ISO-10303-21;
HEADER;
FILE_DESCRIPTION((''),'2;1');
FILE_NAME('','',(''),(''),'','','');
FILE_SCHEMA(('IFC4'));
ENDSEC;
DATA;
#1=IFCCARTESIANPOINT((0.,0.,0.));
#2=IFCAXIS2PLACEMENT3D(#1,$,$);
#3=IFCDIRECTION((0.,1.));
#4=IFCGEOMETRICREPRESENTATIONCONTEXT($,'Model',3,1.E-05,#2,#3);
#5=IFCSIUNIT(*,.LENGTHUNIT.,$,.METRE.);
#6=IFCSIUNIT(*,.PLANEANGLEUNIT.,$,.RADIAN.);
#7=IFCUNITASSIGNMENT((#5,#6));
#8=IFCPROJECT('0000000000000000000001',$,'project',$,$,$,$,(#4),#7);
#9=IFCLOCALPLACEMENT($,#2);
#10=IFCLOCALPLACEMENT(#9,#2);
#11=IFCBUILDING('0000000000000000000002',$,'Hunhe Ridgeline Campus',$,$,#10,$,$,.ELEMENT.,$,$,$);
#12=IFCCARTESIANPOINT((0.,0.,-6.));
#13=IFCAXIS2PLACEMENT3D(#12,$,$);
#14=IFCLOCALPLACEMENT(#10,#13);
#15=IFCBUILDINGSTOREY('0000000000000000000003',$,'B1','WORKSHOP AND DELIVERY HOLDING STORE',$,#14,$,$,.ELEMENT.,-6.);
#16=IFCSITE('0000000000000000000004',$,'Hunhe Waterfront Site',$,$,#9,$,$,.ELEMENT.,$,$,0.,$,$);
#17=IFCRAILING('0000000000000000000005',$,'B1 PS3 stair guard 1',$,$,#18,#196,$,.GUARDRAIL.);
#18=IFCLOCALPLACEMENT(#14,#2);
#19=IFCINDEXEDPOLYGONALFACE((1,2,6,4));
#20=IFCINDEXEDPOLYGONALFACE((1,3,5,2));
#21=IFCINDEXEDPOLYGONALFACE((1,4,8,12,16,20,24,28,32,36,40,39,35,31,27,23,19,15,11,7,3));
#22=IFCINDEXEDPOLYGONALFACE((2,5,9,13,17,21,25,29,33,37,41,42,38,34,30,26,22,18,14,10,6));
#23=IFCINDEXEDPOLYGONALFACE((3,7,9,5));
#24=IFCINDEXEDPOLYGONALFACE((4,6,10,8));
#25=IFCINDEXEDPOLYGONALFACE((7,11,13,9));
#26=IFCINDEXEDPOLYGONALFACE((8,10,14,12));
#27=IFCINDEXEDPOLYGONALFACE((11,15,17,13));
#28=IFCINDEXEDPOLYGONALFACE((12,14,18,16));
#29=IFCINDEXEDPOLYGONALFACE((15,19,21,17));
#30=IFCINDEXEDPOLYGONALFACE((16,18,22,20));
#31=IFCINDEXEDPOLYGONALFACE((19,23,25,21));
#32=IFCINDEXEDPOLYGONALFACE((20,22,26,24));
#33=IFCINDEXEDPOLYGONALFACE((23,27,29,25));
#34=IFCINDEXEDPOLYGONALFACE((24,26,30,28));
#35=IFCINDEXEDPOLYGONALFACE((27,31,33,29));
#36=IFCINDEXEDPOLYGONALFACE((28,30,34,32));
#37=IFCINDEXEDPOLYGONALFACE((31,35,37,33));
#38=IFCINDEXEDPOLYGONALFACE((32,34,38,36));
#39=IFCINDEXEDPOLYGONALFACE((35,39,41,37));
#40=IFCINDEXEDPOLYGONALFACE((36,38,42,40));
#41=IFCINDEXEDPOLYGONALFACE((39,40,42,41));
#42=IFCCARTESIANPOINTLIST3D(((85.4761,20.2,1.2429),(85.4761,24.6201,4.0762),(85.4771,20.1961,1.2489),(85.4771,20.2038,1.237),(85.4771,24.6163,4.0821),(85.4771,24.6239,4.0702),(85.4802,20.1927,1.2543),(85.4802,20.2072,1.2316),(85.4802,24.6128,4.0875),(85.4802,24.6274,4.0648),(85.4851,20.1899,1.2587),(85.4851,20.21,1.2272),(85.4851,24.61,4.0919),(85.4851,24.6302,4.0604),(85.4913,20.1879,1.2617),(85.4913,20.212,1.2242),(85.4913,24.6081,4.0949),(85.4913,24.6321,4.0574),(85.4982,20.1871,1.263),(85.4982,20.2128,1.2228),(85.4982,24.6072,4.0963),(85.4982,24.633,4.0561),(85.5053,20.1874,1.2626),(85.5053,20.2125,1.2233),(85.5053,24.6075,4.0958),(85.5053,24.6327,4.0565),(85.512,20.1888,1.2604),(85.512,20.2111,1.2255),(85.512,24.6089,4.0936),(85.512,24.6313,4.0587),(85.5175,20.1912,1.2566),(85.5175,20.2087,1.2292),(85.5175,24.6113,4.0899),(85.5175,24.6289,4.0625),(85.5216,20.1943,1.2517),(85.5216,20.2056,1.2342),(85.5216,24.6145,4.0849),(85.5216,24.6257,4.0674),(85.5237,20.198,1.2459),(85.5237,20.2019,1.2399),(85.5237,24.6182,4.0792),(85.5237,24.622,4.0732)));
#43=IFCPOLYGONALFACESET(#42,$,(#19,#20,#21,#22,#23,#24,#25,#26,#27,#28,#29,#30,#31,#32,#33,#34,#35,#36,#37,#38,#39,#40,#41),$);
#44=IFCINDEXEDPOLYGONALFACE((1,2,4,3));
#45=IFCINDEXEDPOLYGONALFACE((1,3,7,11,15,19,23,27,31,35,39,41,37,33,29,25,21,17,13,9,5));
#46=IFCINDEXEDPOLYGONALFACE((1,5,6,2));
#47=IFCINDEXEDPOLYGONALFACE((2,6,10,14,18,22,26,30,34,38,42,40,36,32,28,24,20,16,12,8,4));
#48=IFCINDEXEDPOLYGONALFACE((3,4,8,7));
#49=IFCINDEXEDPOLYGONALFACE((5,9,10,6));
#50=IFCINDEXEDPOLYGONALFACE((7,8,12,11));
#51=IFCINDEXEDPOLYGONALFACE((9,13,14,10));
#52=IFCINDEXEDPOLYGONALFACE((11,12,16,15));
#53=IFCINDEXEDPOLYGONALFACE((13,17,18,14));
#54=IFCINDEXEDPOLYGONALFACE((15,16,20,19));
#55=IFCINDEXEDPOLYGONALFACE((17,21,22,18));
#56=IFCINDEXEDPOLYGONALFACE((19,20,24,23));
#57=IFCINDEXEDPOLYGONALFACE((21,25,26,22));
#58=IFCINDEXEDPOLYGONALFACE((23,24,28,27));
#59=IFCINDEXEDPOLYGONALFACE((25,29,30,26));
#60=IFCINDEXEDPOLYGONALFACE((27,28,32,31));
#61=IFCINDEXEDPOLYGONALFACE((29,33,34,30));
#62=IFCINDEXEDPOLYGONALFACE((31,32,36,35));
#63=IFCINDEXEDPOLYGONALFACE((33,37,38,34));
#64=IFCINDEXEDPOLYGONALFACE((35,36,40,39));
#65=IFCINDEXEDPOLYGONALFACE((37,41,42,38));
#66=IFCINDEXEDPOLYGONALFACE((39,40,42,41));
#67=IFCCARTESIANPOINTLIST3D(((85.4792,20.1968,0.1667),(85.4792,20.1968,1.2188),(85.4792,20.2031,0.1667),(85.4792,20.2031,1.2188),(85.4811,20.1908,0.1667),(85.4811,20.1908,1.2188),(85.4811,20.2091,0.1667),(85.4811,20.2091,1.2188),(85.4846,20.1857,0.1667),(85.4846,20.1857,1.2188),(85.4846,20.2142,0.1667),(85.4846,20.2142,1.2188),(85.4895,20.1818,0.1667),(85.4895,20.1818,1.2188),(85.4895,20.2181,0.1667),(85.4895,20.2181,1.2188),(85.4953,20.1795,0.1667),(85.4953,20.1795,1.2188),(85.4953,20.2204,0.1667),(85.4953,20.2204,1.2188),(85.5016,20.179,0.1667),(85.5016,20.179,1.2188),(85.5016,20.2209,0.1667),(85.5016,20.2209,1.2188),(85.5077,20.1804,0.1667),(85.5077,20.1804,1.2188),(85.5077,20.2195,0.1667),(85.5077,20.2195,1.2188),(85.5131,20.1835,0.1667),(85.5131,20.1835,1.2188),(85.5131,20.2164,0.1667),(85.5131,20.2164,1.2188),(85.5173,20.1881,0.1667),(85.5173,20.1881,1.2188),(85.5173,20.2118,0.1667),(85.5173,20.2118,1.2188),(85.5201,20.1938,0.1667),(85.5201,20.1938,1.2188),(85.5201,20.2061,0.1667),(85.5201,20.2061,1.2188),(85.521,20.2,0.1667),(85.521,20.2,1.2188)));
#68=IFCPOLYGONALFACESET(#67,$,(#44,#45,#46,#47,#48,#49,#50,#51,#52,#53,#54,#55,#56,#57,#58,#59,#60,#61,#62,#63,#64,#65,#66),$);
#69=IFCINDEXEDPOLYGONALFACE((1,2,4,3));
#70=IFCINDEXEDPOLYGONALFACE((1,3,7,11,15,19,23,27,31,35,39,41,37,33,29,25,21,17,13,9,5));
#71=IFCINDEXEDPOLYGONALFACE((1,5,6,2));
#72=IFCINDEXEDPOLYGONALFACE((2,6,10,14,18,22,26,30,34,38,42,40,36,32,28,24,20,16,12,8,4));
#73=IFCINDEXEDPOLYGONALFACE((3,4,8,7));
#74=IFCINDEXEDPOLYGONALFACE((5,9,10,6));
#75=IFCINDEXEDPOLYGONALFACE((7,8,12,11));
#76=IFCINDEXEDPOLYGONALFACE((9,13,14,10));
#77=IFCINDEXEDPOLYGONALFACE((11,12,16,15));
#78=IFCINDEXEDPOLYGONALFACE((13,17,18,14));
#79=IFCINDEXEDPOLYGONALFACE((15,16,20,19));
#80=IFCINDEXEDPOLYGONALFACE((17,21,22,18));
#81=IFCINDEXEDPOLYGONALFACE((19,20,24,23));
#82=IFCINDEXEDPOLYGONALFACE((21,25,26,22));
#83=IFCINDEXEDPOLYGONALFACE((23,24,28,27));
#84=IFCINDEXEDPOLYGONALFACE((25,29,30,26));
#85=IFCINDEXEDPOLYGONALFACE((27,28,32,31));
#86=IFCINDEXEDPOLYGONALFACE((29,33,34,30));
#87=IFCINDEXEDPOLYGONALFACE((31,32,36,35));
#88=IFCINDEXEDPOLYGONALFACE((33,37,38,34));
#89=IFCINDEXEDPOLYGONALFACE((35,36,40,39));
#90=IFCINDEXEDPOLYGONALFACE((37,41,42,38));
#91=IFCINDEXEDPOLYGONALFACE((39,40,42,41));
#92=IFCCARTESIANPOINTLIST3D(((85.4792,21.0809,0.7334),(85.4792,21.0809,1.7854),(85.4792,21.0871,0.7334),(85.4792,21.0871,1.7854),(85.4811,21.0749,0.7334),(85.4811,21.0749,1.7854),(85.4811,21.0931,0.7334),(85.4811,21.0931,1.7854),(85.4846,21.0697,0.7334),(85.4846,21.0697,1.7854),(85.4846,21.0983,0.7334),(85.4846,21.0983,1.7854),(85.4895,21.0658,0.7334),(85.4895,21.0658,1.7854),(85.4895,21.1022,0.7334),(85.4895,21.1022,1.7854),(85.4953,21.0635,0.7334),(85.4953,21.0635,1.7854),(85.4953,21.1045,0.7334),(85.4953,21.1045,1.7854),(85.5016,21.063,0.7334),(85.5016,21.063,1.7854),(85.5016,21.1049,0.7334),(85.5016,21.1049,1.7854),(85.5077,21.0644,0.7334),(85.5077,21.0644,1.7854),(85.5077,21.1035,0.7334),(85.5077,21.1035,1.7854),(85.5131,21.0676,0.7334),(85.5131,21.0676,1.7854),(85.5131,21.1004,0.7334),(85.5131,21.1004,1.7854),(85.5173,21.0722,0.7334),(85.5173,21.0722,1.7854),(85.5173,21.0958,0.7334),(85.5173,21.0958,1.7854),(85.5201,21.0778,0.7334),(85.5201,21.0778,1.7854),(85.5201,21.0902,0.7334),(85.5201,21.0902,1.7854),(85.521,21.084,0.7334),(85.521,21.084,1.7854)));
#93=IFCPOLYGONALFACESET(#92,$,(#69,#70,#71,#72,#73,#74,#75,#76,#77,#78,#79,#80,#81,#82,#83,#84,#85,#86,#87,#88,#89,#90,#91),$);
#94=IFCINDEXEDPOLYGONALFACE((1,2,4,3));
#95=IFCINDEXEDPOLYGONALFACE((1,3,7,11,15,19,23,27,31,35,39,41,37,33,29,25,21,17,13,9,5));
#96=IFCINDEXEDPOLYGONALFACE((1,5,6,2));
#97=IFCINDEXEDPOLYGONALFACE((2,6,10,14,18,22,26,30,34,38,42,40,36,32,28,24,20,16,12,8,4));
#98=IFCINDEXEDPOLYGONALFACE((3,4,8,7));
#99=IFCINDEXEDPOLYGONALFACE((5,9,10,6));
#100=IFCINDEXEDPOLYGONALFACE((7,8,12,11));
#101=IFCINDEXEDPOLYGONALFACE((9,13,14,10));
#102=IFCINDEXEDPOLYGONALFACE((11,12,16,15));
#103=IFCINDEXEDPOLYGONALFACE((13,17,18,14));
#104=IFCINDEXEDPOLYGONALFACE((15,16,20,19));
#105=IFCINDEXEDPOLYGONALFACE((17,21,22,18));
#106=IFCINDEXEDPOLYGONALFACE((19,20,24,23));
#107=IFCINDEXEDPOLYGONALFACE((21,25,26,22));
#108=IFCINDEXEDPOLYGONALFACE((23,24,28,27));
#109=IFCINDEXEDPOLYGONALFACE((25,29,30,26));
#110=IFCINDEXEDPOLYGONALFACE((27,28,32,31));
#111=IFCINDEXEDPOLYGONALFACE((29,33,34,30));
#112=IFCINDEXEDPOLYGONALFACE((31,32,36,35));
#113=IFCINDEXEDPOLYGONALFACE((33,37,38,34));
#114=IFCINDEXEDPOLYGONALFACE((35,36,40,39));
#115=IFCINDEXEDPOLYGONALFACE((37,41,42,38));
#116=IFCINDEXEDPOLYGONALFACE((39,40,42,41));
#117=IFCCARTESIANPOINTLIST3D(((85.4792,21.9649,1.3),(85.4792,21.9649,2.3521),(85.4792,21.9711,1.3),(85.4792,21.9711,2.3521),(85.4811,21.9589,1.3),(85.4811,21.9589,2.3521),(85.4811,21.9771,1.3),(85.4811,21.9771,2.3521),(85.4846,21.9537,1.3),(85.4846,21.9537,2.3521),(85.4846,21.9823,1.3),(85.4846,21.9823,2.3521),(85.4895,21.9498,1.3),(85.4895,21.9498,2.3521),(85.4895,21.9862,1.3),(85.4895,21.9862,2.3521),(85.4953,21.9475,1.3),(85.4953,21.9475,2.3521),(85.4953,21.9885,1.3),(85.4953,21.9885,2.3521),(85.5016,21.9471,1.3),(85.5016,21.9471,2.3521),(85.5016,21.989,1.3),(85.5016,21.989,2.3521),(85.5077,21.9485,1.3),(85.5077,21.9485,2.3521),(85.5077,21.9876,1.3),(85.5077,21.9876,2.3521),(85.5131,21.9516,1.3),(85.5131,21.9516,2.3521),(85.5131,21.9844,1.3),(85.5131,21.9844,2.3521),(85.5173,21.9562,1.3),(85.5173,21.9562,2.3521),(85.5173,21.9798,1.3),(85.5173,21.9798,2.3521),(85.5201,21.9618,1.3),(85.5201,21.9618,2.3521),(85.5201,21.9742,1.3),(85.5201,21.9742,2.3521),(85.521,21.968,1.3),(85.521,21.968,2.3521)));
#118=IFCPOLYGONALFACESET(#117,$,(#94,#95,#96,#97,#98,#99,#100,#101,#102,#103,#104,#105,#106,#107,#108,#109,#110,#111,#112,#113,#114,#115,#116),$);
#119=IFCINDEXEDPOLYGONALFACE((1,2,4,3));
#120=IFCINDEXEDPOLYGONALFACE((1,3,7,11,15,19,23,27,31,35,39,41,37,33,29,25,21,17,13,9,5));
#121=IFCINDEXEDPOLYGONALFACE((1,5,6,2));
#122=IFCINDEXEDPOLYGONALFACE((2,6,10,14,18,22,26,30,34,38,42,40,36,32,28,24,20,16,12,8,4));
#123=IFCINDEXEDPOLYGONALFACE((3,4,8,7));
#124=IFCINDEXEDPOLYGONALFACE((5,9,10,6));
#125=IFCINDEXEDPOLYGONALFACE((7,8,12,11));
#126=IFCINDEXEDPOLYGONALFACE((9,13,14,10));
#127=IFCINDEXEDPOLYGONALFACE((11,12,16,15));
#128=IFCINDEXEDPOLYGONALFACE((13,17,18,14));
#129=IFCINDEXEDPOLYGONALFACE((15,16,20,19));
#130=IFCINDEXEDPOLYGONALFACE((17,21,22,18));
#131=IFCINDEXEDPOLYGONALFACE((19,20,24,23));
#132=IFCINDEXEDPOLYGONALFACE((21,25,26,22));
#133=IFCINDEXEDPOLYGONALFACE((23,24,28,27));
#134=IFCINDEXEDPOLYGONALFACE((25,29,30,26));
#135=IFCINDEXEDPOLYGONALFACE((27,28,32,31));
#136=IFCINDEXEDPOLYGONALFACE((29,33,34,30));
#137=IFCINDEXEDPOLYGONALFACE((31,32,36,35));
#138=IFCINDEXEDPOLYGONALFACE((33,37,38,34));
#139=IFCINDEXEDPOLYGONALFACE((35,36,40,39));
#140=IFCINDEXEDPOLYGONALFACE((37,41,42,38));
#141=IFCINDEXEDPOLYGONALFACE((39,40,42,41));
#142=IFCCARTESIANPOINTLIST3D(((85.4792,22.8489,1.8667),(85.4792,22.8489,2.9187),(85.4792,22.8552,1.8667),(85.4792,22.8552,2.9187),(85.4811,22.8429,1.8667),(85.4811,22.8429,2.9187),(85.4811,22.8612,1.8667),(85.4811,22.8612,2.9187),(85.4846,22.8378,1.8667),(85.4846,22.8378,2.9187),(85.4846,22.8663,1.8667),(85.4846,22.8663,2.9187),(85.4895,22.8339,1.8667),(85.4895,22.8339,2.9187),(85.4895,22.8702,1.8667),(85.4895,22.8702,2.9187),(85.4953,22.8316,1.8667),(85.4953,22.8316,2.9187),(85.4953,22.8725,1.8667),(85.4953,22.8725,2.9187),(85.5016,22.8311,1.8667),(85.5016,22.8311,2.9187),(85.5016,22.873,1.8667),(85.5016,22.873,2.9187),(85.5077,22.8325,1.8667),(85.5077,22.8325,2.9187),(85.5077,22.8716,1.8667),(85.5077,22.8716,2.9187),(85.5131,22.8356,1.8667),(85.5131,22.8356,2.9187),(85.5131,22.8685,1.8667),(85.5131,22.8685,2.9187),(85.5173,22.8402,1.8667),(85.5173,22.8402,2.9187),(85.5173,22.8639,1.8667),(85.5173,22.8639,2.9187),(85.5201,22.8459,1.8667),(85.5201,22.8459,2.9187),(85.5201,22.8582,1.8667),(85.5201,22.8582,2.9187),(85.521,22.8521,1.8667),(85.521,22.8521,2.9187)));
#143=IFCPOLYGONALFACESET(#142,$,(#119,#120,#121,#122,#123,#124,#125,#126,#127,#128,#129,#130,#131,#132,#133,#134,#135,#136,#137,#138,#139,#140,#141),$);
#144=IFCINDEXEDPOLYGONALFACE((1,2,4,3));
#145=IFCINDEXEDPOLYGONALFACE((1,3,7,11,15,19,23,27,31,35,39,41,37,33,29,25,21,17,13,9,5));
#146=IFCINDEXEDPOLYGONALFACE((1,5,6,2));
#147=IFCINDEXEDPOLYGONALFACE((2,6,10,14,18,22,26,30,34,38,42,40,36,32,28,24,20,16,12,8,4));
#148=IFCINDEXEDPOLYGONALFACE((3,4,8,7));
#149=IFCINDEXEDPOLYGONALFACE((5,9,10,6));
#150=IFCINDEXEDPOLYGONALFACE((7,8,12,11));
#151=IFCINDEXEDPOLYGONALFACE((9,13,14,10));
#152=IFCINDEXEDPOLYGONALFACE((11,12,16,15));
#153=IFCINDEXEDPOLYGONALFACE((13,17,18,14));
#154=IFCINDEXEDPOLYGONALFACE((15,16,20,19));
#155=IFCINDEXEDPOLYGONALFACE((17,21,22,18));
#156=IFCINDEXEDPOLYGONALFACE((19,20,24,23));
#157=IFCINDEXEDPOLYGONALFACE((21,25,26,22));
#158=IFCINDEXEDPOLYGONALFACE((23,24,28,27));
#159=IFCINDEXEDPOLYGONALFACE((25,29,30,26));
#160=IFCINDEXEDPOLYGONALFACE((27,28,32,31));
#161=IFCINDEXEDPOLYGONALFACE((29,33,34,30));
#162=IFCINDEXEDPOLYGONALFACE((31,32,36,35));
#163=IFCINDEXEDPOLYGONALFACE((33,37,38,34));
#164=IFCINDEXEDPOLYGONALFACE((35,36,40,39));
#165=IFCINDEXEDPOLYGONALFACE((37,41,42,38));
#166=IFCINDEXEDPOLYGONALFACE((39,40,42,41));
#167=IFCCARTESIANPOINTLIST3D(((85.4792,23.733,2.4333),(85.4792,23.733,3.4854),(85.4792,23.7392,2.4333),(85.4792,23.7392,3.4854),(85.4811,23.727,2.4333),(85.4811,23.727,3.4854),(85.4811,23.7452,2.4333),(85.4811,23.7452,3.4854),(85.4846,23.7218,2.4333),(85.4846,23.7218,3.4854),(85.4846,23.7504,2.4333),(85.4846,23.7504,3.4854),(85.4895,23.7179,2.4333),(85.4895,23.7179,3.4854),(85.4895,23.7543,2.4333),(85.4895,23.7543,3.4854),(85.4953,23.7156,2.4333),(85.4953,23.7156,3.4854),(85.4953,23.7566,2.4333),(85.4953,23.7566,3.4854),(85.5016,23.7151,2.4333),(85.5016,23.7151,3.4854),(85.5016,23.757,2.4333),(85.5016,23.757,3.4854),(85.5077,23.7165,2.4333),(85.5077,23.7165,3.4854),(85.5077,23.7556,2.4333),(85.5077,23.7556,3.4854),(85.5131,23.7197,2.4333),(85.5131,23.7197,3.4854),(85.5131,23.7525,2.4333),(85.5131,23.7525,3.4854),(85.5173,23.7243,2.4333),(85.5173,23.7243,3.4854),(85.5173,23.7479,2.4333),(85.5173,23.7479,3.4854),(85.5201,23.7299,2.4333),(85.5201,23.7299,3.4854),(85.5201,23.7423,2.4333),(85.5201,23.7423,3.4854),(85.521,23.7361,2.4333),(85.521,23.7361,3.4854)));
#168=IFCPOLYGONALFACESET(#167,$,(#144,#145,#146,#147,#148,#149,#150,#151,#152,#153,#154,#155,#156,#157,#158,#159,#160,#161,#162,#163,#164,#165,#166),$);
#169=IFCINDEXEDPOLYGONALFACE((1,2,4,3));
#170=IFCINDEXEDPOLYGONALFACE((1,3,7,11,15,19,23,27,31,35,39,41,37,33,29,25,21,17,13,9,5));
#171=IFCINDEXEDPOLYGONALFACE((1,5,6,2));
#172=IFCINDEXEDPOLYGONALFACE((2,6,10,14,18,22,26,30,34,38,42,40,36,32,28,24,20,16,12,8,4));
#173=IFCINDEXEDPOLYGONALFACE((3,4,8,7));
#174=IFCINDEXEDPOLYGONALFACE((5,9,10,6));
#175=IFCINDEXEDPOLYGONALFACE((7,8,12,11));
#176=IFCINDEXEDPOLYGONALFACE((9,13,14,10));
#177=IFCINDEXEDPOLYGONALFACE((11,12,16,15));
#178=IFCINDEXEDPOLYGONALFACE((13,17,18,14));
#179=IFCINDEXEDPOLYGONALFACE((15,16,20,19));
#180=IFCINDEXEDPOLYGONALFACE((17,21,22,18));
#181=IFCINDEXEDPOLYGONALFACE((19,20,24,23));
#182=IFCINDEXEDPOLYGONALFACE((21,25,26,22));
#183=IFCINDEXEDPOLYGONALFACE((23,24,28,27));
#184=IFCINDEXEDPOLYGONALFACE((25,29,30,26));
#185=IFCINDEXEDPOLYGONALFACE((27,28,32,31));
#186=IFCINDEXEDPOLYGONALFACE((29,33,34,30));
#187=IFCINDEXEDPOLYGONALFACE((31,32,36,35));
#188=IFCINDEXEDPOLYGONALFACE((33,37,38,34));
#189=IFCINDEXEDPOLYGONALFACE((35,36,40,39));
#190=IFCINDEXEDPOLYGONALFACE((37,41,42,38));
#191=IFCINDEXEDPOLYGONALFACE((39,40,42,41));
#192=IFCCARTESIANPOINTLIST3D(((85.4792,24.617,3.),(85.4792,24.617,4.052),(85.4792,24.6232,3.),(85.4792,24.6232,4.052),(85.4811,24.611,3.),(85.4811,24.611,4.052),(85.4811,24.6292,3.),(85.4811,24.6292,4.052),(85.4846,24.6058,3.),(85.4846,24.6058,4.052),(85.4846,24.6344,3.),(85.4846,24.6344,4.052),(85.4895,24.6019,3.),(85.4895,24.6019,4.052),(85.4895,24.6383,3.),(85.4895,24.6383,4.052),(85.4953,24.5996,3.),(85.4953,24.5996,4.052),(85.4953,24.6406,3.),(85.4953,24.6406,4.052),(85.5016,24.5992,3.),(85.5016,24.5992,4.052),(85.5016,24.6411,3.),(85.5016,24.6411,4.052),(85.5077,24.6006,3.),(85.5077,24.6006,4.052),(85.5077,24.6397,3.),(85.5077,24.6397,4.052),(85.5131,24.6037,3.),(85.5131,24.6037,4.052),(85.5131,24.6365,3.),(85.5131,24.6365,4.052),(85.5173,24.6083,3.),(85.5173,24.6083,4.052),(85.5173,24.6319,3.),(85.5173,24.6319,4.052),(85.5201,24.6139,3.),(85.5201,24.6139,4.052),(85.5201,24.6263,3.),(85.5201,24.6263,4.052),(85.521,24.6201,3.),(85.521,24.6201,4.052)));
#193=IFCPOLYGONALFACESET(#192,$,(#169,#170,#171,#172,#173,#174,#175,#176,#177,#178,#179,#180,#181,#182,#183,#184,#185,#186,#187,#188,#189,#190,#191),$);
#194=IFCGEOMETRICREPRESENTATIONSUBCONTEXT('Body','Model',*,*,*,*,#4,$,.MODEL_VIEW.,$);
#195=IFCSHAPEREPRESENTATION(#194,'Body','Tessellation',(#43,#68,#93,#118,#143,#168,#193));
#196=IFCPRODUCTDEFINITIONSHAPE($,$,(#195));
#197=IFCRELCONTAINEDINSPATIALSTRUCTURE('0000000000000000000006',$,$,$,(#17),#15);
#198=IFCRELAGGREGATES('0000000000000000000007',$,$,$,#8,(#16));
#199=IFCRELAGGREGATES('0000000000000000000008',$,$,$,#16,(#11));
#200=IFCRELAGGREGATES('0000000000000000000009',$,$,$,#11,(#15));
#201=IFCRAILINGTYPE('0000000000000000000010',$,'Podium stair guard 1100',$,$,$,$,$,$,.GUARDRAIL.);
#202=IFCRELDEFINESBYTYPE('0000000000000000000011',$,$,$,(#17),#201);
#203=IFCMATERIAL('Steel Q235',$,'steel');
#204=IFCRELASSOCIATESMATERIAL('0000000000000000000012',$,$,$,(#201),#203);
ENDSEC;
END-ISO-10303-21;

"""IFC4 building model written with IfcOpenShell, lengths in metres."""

from ifc_helpers import new_model, si_unit, direction, frame, origin, origin_2d, place, context, subcontext, project, spatial, circle, extrude, material, type_object, element, save


model = new_model("IFC4")

# Units and contexts
model_context = context("Model", 3, precision=1e-05, world=origin(), true_north=direction((0.0, 1.0)))
body_context = subcontext(model_context, "Body", "Model", "MODEL_VIEW")
ifc_project = project(units=[si_unit("LENGTHUNIT", "METRE"), si_unit("PLANEANGLEUNIT", "RADIAN")], contexts=[model_context])

# Site, building, storey
site_placement = place(None, origin())
site = spatial("IfcSite", under=ifc_project, at=site_placement, Name="Hunhe Waterfront Site", CompositionType="ELEMENT", RefElevation=0.0)
building_placement = place(site_placement, origin())
building = spatial("IfcBuilding", under=site, at=building_placement, Name="Hunhe Ridgeline Campus", CompositionType="ELEMENT")
storey_placement = place(building_placement, frame((0.0, 0.0, -6.0)))
storey = spatial("IfcBuildingStorey", under=building, at=storey_placement, Name="B1", Description="WORKSHOP AND DELIVERY HOLDING STORE", CompositionType="ELEMENT", Elevation=-6.0)

# Shared definitions
ifc_material_1 = material(Name="Steel Q235", Category="steel")

# Railing
railing_type_1 = type_object("IfcRailingType", Name="Podium stair guard 1100", PredefinedType="GUARDRAIL", material=ifc_material_1)
railing_1_placement = place(storey_placement, frame((85.5, 20.2, 0.1667)))
element("IfcRailing", 1, at=railing_1_placement, inside=storey, type_object=railing_type_1, Name="B1 PS3 stair guard 1", PredefinedType="GUARDRAIL", context=body_context, shape_type="SweptSolid", body=[
    extrude(circle(Radius=0.0239, at=origin_2d()), frame((0.0, 0.0, 1.0762), z_axis=(0.0, 0.841895, 0.539641), x_axis=(-1.0, 0.0, 0.0)), (0.0, 0.0, 1.0), 5.2502),
    extrude(circle(Radius=0.021, at=origin_2d()), origin(), (0.0, 0.0, 1.0), 1.052),
    extrude(circle(Radius=0.021, at=origin_2d()), frame((0.0, 0.884, 0.5667)), (0.0, 0.0, 1.0), 1.052),
    extrude(circle(Radius=0.021, at=origin_2d()), frame((0.0, 1.7681, 1.1333)), (0.0, 0.0, 1.0), 1.052),
    extrude(circle(Radius=0.021, at=origin_2d()), frame((0.0, 2.6521, 1.7)), (0.0, 0.0, 1.0), 1.052),
    extrude(circle(Radius=0.021, at=origin_2d()), frame((0.0, 3.5361, 2.2666)), (0.0, 0.0, 1.0), 1.052),
    extrude(circle(Radius=0.021, at=origin_2d()), frame((0.0, 4.4202, 2.8333)), (0.0, 0.0, 1.0), 1.052),
])

save(model, "model.ifc")
